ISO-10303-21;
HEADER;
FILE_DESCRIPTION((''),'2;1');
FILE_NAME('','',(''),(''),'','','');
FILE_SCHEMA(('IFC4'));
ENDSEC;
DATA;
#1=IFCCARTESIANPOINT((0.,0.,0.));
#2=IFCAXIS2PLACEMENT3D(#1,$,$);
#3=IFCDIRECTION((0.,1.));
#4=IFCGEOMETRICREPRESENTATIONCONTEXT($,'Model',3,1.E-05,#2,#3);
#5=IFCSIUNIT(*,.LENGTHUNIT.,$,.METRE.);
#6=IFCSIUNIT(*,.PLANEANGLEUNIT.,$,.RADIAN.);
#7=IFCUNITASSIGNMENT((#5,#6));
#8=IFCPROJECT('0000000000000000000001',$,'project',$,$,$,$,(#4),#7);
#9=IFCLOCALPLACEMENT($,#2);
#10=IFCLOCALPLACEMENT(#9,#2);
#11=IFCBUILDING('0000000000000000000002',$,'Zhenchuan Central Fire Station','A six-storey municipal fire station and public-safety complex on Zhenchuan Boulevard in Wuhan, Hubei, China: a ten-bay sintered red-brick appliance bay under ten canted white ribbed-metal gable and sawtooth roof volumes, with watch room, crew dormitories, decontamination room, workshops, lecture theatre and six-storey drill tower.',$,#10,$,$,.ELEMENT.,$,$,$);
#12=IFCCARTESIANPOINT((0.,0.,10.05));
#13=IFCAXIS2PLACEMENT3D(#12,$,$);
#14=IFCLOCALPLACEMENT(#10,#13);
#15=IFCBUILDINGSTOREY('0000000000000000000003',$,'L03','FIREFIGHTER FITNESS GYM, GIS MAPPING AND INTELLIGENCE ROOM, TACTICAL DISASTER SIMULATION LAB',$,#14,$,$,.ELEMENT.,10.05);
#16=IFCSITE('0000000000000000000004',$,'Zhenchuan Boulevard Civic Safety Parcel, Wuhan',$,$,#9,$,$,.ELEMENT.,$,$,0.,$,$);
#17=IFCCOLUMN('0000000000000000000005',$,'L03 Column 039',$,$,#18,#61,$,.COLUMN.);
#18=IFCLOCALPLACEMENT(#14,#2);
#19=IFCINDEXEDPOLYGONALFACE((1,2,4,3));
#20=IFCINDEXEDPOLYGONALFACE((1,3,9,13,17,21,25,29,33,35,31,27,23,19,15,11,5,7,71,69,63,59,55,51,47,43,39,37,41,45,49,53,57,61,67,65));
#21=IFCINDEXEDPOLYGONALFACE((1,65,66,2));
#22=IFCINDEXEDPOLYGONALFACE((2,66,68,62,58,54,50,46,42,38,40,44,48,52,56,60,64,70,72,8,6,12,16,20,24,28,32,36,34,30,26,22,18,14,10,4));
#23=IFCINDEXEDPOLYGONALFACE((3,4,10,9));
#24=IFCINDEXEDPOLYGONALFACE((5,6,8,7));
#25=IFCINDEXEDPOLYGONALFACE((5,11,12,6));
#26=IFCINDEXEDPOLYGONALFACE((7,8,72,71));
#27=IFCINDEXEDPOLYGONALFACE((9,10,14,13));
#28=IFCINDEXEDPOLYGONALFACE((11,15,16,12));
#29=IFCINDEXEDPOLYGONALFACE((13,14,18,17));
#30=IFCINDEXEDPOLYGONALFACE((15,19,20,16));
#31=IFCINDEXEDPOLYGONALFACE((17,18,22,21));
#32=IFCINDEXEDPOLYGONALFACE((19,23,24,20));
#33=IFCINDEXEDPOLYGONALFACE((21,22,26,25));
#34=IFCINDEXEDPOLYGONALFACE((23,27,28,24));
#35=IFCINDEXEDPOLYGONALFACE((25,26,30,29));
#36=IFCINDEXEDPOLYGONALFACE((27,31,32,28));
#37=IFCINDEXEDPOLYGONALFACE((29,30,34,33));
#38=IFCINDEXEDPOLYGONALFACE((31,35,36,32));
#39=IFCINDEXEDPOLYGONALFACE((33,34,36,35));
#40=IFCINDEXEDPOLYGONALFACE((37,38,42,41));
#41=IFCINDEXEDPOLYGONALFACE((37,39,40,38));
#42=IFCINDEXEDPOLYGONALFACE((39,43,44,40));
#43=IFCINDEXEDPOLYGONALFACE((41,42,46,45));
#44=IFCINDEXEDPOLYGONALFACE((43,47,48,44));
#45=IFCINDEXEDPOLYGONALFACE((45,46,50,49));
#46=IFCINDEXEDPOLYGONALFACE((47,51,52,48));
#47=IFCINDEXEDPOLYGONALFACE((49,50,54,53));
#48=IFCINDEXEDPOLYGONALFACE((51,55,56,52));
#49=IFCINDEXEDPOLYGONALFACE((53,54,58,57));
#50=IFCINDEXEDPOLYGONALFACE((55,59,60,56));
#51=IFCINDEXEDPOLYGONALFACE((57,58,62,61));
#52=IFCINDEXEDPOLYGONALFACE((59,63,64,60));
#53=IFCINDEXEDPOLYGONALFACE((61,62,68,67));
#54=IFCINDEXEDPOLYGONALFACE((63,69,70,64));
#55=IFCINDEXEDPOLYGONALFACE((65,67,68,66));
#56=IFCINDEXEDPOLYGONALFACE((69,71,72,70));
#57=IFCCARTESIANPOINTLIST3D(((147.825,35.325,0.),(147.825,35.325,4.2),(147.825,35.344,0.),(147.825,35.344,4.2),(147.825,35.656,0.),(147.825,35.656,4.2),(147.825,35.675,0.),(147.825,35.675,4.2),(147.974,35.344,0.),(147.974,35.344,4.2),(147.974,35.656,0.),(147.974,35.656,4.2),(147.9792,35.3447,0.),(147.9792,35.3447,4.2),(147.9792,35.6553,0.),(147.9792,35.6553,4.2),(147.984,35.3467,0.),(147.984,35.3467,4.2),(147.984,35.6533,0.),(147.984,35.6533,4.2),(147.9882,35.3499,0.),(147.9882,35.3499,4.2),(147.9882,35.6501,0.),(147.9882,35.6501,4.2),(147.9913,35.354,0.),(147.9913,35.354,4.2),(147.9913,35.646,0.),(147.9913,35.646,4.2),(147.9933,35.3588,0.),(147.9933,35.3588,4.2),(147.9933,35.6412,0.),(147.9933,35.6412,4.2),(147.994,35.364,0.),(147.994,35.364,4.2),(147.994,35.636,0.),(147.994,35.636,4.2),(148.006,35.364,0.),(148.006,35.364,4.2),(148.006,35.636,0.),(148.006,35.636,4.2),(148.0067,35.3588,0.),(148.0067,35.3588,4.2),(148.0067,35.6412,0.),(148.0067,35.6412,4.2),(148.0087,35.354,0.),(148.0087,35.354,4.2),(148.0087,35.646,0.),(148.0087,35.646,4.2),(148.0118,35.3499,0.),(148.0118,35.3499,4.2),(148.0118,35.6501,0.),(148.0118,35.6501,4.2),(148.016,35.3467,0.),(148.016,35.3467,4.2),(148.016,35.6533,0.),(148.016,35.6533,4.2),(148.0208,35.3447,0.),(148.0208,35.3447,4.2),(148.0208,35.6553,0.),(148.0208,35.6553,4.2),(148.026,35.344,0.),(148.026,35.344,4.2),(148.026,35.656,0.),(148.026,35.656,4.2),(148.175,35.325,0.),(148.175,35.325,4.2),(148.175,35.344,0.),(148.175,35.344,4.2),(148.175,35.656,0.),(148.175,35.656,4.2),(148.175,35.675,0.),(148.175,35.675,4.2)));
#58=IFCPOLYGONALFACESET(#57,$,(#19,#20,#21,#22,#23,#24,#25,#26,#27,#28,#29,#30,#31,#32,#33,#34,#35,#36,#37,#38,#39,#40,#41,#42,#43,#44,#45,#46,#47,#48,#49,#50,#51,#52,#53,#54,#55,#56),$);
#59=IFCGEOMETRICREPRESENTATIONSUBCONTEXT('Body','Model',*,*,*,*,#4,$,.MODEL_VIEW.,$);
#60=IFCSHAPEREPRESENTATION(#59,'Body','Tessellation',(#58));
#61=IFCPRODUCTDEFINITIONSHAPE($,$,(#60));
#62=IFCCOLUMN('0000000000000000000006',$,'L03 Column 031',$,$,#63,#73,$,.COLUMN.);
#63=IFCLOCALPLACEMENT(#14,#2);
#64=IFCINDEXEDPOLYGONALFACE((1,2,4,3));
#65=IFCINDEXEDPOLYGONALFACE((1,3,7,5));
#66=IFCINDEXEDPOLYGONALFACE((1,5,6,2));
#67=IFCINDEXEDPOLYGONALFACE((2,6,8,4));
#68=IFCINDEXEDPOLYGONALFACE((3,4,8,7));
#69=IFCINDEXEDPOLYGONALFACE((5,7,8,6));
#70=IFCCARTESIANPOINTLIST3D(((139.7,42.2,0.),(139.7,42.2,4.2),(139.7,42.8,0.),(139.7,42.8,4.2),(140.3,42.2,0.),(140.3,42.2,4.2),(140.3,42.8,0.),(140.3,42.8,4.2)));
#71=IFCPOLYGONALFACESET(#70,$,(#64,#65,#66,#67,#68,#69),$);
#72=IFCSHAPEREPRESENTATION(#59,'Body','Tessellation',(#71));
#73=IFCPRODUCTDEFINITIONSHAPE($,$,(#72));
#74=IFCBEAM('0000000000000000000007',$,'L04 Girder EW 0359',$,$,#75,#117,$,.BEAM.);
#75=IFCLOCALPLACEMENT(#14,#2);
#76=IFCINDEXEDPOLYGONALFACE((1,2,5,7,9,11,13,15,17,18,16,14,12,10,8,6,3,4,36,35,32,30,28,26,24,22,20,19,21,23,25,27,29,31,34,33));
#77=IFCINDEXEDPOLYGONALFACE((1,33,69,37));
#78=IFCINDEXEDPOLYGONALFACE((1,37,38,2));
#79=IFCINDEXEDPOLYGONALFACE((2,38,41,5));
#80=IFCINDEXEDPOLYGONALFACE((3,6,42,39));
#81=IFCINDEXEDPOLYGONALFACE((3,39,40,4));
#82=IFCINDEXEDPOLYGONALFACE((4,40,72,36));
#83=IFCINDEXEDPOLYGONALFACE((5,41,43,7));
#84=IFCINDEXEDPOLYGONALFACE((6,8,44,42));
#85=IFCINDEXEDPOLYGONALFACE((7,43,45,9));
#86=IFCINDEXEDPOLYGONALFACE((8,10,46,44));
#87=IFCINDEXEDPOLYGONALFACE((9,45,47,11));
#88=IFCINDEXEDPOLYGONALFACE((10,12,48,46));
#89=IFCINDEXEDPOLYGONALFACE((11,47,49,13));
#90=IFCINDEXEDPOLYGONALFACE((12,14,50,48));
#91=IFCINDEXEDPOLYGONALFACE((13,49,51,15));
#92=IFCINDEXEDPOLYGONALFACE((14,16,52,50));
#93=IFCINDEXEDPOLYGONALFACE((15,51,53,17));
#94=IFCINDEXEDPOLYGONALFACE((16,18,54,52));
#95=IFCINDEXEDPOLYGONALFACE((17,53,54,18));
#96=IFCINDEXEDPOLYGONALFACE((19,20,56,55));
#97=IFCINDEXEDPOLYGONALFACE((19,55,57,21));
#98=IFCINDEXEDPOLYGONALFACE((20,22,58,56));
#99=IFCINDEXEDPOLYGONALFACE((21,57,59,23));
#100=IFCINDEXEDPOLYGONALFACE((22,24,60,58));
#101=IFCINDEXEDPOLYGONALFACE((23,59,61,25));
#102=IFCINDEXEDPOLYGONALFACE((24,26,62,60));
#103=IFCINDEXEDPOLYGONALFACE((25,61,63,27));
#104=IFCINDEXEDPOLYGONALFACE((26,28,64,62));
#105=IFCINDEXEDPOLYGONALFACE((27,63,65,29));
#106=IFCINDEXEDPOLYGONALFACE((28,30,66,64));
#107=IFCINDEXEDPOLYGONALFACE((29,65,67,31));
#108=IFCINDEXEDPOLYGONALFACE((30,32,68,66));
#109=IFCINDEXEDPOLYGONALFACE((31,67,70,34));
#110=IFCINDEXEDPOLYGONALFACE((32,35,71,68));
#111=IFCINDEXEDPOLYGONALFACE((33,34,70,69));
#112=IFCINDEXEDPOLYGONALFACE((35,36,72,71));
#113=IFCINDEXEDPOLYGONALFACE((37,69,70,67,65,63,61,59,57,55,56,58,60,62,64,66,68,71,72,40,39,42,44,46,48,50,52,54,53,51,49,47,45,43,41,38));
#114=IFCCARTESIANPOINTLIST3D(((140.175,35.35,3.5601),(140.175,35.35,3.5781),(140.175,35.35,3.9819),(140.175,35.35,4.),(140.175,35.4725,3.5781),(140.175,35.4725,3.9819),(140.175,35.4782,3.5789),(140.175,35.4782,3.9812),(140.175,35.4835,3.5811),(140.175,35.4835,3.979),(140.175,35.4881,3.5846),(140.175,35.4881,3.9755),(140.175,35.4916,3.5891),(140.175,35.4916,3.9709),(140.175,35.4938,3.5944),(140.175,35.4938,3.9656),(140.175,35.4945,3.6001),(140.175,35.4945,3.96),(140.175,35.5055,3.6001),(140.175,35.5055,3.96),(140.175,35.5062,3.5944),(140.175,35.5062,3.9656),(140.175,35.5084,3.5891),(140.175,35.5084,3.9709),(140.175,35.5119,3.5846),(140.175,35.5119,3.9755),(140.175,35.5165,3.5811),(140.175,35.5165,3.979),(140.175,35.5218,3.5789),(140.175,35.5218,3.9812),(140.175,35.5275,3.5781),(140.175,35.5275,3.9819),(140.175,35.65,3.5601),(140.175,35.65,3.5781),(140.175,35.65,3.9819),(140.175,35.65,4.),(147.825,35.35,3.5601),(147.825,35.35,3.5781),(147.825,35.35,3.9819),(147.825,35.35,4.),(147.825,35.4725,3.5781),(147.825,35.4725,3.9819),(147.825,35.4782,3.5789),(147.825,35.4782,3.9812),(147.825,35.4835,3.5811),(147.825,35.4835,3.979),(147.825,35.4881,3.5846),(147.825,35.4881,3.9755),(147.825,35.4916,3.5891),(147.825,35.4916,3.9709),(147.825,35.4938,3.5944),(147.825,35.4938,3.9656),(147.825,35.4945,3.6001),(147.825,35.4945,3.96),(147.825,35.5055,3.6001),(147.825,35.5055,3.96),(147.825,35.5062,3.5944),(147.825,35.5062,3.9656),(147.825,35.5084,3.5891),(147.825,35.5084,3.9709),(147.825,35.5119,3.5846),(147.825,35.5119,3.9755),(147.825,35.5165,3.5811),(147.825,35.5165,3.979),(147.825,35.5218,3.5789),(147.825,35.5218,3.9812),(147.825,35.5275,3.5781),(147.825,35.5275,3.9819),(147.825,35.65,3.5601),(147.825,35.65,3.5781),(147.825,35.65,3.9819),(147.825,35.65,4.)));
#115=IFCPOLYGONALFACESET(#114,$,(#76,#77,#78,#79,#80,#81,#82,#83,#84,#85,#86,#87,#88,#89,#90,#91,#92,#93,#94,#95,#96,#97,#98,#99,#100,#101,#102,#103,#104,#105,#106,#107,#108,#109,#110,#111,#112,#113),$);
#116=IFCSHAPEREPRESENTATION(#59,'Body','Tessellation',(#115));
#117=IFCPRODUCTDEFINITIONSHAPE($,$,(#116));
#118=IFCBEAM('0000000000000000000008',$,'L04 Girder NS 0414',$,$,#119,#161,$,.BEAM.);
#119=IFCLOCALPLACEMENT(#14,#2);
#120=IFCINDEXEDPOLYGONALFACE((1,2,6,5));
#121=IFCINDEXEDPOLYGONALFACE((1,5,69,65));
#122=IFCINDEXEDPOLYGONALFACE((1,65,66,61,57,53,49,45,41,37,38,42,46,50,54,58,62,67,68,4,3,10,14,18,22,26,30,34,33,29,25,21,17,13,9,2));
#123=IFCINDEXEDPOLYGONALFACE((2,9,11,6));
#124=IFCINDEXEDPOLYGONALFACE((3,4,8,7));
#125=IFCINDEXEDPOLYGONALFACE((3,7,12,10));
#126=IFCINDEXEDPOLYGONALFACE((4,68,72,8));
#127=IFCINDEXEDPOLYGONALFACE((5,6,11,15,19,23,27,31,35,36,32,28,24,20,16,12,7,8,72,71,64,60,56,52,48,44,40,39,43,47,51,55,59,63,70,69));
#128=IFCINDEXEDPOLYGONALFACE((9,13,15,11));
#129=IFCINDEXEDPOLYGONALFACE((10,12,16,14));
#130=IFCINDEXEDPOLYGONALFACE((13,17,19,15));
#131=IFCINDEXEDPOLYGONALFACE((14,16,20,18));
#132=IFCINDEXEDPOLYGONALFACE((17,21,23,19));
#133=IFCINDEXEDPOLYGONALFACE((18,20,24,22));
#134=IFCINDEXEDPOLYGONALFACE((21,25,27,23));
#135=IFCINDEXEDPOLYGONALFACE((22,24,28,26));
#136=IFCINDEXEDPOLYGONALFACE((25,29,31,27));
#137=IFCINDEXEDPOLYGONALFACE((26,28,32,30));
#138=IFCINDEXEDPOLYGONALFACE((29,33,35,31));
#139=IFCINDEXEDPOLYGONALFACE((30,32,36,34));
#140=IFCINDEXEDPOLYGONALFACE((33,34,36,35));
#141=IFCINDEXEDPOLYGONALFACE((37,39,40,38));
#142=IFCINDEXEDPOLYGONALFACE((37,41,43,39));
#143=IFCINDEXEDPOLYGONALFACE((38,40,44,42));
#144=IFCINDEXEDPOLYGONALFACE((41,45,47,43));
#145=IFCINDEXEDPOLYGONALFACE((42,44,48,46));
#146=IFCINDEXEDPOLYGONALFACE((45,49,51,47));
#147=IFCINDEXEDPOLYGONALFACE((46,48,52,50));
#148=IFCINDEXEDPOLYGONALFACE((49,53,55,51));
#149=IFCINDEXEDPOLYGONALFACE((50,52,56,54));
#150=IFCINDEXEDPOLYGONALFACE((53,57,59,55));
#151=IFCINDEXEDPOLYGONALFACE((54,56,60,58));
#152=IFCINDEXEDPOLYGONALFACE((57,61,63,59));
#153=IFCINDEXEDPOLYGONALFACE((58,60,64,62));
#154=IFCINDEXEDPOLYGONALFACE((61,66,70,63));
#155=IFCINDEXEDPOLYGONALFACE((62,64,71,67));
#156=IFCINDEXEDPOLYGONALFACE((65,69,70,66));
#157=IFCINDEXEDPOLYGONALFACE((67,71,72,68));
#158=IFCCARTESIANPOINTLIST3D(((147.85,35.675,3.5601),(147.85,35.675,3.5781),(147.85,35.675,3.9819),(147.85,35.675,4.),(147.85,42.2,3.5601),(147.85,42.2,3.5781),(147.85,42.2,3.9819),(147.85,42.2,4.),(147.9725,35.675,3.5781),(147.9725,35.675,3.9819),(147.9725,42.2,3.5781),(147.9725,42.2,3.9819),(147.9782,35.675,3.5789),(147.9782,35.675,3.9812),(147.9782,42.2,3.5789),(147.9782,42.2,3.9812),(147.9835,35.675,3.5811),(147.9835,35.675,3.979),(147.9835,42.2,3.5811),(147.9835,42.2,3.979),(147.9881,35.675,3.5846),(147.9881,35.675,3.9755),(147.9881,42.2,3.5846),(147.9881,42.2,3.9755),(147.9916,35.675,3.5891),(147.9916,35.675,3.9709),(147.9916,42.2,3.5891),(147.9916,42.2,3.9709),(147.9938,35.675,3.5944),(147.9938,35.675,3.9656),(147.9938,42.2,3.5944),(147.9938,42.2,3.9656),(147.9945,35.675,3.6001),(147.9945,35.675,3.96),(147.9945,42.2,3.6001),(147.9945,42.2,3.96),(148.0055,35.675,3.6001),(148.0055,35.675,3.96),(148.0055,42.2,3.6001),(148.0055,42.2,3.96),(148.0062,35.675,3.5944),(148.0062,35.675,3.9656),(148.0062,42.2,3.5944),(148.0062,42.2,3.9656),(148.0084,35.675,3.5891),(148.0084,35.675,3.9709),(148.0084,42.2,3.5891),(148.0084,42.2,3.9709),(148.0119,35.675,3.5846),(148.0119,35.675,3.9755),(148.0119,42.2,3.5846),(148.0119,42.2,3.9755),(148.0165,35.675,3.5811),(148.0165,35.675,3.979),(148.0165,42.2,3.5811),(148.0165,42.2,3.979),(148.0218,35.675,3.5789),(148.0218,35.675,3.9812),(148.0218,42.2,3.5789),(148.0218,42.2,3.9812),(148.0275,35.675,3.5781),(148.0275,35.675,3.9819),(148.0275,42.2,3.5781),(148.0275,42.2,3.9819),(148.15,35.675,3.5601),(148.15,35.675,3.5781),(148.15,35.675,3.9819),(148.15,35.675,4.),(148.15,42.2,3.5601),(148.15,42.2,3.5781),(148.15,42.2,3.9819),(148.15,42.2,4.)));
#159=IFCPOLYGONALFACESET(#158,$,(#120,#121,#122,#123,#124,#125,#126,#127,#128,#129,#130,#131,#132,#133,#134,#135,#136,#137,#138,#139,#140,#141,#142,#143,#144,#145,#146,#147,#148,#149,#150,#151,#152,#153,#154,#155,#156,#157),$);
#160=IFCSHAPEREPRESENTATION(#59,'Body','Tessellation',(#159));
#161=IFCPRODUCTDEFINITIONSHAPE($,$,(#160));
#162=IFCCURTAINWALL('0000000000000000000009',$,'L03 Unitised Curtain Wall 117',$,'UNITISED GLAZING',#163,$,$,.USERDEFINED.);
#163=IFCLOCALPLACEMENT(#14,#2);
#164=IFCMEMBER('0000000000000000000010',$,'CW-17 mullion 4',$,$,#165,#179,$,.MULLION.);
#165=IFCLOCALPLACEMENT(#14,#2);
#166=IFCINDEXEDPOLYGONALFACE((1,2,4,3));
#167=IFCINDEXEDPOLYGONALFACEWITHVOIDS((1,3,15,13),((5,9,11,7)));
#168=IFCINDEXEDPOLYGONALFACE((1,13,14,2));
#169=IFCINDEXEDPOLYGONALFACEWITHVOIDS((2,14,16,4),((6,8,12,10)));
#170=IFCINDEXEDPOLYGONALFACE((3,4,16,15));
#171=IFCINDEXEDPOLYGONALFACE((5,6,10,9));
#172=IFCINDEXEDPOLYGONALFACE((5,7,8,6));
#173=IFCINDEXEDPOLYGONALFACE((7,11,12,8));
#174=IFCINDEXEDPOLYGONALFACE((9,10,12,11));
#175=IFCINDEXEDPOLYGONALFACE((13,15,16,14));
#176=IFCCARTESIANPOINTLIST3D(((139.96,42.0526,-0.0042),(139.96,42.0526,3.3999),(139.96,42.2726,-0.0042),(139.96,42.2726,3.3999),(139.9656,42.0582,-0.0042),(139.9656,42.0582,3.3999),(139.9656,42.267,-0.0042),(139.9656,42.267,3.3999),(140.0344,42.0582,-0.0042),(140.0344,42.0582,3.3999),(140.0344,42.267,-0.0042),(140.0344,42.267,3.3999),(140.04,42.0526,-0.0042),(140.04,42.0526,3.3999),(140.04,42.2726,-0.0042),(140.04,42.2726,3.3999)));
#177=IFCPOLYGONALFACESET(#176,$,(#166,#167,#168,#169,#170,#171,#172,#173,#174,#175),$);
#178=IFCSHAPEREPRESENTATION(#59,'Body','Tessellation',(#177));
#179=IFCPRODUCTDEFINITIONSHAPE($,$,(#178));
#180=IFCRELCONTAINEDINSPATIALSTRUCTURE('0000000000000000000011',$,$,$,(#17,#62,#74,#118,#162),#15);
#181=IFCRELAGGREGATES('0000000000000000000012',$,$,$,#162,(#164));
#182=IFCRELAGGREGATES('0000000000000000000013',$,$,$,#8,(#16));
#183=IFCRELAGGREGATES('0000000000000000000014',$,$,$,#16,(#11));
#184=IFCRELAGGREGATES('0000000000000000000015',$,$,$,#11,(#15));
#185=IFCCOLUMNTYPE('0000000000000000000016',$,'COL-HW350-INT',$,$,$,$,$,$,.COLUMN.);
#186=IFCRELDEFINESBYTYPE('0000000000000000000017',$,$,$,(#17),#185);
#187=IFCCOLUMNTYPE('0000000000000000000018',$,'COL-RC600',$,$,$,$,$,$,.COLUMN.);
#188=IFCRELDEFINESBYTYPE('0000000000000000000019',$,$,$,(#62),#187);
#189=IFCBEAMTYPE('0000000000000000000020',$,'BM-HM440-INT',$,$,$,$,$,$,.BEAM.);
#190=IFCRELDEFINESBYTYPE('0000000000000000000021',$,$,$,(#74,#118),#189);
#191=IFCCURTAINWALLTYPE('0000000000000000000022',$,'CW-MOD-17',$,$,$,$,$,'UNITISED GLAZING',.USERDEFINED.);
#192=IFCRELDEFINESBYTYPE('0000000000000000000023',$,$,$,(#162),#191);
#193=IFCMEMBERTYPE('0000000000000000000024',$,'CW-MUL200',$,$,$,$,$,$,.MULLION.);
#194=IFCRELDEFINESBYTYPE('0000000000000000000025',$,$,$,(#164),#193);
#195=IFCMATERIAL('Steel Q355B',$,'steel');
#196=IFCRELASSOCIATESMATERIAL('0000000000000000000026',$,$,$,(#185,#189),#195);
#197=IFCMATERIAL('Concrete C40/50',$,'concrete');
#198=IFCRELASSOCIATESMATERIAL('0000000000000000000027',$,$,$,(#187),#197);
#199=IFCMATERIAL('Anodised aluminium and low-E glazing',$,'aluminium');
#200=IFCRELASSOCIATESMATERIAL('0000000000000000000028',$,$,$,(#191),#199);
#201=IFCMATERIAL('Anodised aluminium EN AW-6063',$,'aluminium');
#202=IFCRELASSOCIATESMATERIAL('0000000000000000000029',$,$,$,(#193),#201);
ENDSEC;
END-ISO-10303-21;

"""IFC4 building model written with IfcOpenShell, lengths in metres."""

from ifc_helpers import new_model, si_unit, direction, frame, origin, origin_2d, place, context, subcontext, project, spatial, rectangle, hollow_rectangle, i_section, extrude, material, material_profile, profile_set, type_object, element, aggregate, save


model = new_model("IFC4")

# Units and contexts
model_context = context("Model", 3, precision=1e-05, world=origin(), true_north=direction((0.0, 1.0)))
body_context = subcontext(model_context, "Body", "Model", "MODEL_VIEW")
ifc_project = project(units=[si_unit("LENGTHUNIT", "METRE"), si_unit("PLANEANGLEUNIT", "RADIAN")], contexts=[model_context])

# Site, building, storey
site_placement = place(None, origin())
site = spatial("IfcSite", under=ifc_project, at=site_placement, Name="Zhenchuan Boulevard Civic Safety Parcel, Wuhan", CompositionType="ELEMENT", RefElevation=0.0)
building_placement = place(site_placement, origin())
building = spatial("IfcBuilding", under=site, at=building_placement, Name="Zhenchuan Central Fire Station", Description="A six-storey municipal fire station and public-safety complex on Zhenchuan Boulevard in Wuhan, Hubei, China: a ten-bay sintered red-brick appliance bay under ten canted white ribbed-metal gable and sawtooth roof volumes, with watch room, crew dormitories, decontamination room, workshops, lecture theatre and six-storey drill tower.", CompositionType="ELEMENT")
storey_placement = place(building_placement, frame((0.0, 0.0, 10.05)))
storey = spatial("IfcBuildingStorey", under=building, at=storey_placement, Name="L03", Description="FIREFIGHTER FITNESS GYM, GIS MAPPING AND INTELLIGENCE ROOM, TACTICAL DISASTER SIMULATION LAB", CompositionType="ELEMENT", Elevation=10.05)

# Columns
ifc_material_1 = material(Name="Steel Q355B", Category="steel")
ifc_material_profile_1 = material_profile(ifc_material_1, i_section(OverallWidth=0.3501, OverallDepth=0.3501, WebThickness=0.012, FlangeThickness=0.019, FilletRadius=0.02, at=origin_2d()), Name="HW 350x350")
ifc_profile_set_1 = profile_set([ifc_material_profile_1], Name="Steel Q355B")
column_type_1 = type_object("IfcColumnType", Name="COL-HW350-INT", PredefinedType="COLUMN", material=ifc_profile_set_1)
column_1_placement = place(storey_placement, frame((148.0, 35.5, 0.0), z_axis=(0.0, 0.0, 1.0), x_axis=(1.0, 0.0, 0.0)))
element("IfcColumn", 1, at=column_1_placement, inside=storey, type_object=column_type_1, Name="L03 Column 039", PredefinedType="COLUMN", context=body_context, shape_type="SweptSolid", body=[
    extrude(i_section(OverallWidth=0.3501, OverallDepth=0.3501, WebThickness=0.012, FlangeThickness=0.019, FilletRadius=0.02, at=origin_2d()), origin(), (0.0, 0.0, 1.0), 4.2),
])
ifc_material_2 = material(Name="Concrete C40/50", Category="concrete")
ifc_material_profile_2 = material_profile(ifc_material_2, rectangle(XDim=0.6001, YDim=0.6001, at=origin_2d()), Name="RC 600x600")
ifc_profile_set_2 = profile_set([ifc_material_profile_2], Name="Concrete C40/50")
column_type_2 = type_object("IfcColumnType", Name="COL-RC600", PredefinedType="COLUMN", material=ifc_profile_set_2)
column_2_placement = place(storey_placement, frame((140.0, 42.5, 0.0), z_axis=(0.0, 0.0, 1.0), x_axis=(1.0, 0.0, 0.0)))
element("IfcColumn", 2, at=column_2_placement, inside=storey, type_object=column_type_2, Name="L03 Column 031", PredefinedType="COLUMN", context=body_context, shape_type="SweptSolid", body=[
    extrude(rectangle(XDim=0.6001, YDim=0.6001, at=origin_2d()), origin(), (0.0, 0.0, 1.0), 4.2),
])

# Beams
ifc_material_profile_3 = material_profile(ifc_material_1, i_section(OverallWidth=0.3, OverallDepth=0.4399, WebThickness=0.011, FlangeThickness=0.0181, FilletRadius=0.022, at=origin_2d()), Name="HM 440x300")
ifc_profile_set_3 = profile_set([ifc_material_profile_3], Name="Steel Q355B")
beam_type_1 = type_object("IfcBeamType", Name="BM-HM440-INT", PredefinedType="BEAM", material=ifc_profile_set_3)
beam_1_placement = place(storey_placement, frame((140.175, 35.5, 3.78), z_axis=(1.0, 0.0, 0.0), x_axis=(0.0, 1.0, 0.0)))
element("IfcBeam", 3, at=beam_1_placement, inside=storey, type_object=beam_type_1, Name="L04 Girder EW 0359", PredefinedType="BEAM", context=body_context, shape_type="SweptSolid", body=[
    extrude(i_section(OverallWidth=0.3, OverallDepth=0.4399, WebThickness=0.011, FlangeThickness=0.0181, FilletRadius=0.022, at=origin_2d()), origin(), (0.0, 0.0, 1.0), 7.6499),
])
beam_2_placement = place(storey_placement, frame((148.0, 35.675, 3.78), z_axis=(0.0, 1.0, 0.0), x_axis=(-1.0, 0.0, 0.0)))
element("IfcBeam", 4, at=beam_2_placement, inside=storey, type_object=beam_type_1, Name="L04 Girder NS 0414", PredefinedType="BEAM", context=body_context, shape_type="SweptSolid", body=[
    extrude(i_section(OverallWidth=0.3, OverallDepth=0.4399, WebThickness=0.011, FlangeThickness=0.0181, FilletRadius=0.022, at=origin_2d()), origin(), (0.0, 0.0, 1.0), 6.5249),
])

# Curtain wall, member
ifc_material_3 = material(Name="Anodised aluminium and low-E glazing", Category="aluminium")
curtain_wall_type = type_object("IfcCurtainWallType", Name="CW-MOD-17", ElementType="UNITISED GLAZING", PredefinedType="USERDEFINED", material=ifc_material_3)
curtain_wall_placement = place(storey_placement, origin())
curtain_wall = element("IfcCurtainWall", 5, at=curtain_wall_placement, inside=storey, type_object=curtain_wall_type, Name="L03 Unitised Curtain Wall 117", ObjectType="UNITISED GLAZING", PredefinedType="USERDEFINED")
ifc_material_4 = material(Name="Anodised aluminium EN AW-6063", Category="aluminium")
ifc_material_profile_4 = material_profile(ifc_material_4, hollow_rectangle(XDim=0.0801, YDim=0.22, WallThickness=0.0056, at=origin_2d()), Name="ALU-M 220x80")
ifc_profile_set_4 = profile_set([ifc_material_profile_4], Name="Anodised aluminium EN AW-6063")
member_type = type_object("IfcMemberType", Name="CW-MUL200", PredefinedType="MULLION", material=ifc_profile_set_4)
member_placement = place(storey_placement, frame((140.0, 42.1626, -0.0042), z_axis=(0.0, 0.0, 1.0), x_axis=(-1.0, 0.0, 0.0)))
member = element("IfcMember", 6, at=member_placement, type_object=member_type, Name="CW-17 mullion 4", PredefinedType="MULLION", context=body_context, shape_type="SweptSolid", body=[
    extrude(hollow_rectangle(XDim=0.0801, YDim=0.22, WallThickness=0.0056, at=origin_2d()), origin(), (0.0, 0.0, 1.0), 3.4041),
])

aggregate(curtain_wall, [member])

save(model, "model.ifc")
